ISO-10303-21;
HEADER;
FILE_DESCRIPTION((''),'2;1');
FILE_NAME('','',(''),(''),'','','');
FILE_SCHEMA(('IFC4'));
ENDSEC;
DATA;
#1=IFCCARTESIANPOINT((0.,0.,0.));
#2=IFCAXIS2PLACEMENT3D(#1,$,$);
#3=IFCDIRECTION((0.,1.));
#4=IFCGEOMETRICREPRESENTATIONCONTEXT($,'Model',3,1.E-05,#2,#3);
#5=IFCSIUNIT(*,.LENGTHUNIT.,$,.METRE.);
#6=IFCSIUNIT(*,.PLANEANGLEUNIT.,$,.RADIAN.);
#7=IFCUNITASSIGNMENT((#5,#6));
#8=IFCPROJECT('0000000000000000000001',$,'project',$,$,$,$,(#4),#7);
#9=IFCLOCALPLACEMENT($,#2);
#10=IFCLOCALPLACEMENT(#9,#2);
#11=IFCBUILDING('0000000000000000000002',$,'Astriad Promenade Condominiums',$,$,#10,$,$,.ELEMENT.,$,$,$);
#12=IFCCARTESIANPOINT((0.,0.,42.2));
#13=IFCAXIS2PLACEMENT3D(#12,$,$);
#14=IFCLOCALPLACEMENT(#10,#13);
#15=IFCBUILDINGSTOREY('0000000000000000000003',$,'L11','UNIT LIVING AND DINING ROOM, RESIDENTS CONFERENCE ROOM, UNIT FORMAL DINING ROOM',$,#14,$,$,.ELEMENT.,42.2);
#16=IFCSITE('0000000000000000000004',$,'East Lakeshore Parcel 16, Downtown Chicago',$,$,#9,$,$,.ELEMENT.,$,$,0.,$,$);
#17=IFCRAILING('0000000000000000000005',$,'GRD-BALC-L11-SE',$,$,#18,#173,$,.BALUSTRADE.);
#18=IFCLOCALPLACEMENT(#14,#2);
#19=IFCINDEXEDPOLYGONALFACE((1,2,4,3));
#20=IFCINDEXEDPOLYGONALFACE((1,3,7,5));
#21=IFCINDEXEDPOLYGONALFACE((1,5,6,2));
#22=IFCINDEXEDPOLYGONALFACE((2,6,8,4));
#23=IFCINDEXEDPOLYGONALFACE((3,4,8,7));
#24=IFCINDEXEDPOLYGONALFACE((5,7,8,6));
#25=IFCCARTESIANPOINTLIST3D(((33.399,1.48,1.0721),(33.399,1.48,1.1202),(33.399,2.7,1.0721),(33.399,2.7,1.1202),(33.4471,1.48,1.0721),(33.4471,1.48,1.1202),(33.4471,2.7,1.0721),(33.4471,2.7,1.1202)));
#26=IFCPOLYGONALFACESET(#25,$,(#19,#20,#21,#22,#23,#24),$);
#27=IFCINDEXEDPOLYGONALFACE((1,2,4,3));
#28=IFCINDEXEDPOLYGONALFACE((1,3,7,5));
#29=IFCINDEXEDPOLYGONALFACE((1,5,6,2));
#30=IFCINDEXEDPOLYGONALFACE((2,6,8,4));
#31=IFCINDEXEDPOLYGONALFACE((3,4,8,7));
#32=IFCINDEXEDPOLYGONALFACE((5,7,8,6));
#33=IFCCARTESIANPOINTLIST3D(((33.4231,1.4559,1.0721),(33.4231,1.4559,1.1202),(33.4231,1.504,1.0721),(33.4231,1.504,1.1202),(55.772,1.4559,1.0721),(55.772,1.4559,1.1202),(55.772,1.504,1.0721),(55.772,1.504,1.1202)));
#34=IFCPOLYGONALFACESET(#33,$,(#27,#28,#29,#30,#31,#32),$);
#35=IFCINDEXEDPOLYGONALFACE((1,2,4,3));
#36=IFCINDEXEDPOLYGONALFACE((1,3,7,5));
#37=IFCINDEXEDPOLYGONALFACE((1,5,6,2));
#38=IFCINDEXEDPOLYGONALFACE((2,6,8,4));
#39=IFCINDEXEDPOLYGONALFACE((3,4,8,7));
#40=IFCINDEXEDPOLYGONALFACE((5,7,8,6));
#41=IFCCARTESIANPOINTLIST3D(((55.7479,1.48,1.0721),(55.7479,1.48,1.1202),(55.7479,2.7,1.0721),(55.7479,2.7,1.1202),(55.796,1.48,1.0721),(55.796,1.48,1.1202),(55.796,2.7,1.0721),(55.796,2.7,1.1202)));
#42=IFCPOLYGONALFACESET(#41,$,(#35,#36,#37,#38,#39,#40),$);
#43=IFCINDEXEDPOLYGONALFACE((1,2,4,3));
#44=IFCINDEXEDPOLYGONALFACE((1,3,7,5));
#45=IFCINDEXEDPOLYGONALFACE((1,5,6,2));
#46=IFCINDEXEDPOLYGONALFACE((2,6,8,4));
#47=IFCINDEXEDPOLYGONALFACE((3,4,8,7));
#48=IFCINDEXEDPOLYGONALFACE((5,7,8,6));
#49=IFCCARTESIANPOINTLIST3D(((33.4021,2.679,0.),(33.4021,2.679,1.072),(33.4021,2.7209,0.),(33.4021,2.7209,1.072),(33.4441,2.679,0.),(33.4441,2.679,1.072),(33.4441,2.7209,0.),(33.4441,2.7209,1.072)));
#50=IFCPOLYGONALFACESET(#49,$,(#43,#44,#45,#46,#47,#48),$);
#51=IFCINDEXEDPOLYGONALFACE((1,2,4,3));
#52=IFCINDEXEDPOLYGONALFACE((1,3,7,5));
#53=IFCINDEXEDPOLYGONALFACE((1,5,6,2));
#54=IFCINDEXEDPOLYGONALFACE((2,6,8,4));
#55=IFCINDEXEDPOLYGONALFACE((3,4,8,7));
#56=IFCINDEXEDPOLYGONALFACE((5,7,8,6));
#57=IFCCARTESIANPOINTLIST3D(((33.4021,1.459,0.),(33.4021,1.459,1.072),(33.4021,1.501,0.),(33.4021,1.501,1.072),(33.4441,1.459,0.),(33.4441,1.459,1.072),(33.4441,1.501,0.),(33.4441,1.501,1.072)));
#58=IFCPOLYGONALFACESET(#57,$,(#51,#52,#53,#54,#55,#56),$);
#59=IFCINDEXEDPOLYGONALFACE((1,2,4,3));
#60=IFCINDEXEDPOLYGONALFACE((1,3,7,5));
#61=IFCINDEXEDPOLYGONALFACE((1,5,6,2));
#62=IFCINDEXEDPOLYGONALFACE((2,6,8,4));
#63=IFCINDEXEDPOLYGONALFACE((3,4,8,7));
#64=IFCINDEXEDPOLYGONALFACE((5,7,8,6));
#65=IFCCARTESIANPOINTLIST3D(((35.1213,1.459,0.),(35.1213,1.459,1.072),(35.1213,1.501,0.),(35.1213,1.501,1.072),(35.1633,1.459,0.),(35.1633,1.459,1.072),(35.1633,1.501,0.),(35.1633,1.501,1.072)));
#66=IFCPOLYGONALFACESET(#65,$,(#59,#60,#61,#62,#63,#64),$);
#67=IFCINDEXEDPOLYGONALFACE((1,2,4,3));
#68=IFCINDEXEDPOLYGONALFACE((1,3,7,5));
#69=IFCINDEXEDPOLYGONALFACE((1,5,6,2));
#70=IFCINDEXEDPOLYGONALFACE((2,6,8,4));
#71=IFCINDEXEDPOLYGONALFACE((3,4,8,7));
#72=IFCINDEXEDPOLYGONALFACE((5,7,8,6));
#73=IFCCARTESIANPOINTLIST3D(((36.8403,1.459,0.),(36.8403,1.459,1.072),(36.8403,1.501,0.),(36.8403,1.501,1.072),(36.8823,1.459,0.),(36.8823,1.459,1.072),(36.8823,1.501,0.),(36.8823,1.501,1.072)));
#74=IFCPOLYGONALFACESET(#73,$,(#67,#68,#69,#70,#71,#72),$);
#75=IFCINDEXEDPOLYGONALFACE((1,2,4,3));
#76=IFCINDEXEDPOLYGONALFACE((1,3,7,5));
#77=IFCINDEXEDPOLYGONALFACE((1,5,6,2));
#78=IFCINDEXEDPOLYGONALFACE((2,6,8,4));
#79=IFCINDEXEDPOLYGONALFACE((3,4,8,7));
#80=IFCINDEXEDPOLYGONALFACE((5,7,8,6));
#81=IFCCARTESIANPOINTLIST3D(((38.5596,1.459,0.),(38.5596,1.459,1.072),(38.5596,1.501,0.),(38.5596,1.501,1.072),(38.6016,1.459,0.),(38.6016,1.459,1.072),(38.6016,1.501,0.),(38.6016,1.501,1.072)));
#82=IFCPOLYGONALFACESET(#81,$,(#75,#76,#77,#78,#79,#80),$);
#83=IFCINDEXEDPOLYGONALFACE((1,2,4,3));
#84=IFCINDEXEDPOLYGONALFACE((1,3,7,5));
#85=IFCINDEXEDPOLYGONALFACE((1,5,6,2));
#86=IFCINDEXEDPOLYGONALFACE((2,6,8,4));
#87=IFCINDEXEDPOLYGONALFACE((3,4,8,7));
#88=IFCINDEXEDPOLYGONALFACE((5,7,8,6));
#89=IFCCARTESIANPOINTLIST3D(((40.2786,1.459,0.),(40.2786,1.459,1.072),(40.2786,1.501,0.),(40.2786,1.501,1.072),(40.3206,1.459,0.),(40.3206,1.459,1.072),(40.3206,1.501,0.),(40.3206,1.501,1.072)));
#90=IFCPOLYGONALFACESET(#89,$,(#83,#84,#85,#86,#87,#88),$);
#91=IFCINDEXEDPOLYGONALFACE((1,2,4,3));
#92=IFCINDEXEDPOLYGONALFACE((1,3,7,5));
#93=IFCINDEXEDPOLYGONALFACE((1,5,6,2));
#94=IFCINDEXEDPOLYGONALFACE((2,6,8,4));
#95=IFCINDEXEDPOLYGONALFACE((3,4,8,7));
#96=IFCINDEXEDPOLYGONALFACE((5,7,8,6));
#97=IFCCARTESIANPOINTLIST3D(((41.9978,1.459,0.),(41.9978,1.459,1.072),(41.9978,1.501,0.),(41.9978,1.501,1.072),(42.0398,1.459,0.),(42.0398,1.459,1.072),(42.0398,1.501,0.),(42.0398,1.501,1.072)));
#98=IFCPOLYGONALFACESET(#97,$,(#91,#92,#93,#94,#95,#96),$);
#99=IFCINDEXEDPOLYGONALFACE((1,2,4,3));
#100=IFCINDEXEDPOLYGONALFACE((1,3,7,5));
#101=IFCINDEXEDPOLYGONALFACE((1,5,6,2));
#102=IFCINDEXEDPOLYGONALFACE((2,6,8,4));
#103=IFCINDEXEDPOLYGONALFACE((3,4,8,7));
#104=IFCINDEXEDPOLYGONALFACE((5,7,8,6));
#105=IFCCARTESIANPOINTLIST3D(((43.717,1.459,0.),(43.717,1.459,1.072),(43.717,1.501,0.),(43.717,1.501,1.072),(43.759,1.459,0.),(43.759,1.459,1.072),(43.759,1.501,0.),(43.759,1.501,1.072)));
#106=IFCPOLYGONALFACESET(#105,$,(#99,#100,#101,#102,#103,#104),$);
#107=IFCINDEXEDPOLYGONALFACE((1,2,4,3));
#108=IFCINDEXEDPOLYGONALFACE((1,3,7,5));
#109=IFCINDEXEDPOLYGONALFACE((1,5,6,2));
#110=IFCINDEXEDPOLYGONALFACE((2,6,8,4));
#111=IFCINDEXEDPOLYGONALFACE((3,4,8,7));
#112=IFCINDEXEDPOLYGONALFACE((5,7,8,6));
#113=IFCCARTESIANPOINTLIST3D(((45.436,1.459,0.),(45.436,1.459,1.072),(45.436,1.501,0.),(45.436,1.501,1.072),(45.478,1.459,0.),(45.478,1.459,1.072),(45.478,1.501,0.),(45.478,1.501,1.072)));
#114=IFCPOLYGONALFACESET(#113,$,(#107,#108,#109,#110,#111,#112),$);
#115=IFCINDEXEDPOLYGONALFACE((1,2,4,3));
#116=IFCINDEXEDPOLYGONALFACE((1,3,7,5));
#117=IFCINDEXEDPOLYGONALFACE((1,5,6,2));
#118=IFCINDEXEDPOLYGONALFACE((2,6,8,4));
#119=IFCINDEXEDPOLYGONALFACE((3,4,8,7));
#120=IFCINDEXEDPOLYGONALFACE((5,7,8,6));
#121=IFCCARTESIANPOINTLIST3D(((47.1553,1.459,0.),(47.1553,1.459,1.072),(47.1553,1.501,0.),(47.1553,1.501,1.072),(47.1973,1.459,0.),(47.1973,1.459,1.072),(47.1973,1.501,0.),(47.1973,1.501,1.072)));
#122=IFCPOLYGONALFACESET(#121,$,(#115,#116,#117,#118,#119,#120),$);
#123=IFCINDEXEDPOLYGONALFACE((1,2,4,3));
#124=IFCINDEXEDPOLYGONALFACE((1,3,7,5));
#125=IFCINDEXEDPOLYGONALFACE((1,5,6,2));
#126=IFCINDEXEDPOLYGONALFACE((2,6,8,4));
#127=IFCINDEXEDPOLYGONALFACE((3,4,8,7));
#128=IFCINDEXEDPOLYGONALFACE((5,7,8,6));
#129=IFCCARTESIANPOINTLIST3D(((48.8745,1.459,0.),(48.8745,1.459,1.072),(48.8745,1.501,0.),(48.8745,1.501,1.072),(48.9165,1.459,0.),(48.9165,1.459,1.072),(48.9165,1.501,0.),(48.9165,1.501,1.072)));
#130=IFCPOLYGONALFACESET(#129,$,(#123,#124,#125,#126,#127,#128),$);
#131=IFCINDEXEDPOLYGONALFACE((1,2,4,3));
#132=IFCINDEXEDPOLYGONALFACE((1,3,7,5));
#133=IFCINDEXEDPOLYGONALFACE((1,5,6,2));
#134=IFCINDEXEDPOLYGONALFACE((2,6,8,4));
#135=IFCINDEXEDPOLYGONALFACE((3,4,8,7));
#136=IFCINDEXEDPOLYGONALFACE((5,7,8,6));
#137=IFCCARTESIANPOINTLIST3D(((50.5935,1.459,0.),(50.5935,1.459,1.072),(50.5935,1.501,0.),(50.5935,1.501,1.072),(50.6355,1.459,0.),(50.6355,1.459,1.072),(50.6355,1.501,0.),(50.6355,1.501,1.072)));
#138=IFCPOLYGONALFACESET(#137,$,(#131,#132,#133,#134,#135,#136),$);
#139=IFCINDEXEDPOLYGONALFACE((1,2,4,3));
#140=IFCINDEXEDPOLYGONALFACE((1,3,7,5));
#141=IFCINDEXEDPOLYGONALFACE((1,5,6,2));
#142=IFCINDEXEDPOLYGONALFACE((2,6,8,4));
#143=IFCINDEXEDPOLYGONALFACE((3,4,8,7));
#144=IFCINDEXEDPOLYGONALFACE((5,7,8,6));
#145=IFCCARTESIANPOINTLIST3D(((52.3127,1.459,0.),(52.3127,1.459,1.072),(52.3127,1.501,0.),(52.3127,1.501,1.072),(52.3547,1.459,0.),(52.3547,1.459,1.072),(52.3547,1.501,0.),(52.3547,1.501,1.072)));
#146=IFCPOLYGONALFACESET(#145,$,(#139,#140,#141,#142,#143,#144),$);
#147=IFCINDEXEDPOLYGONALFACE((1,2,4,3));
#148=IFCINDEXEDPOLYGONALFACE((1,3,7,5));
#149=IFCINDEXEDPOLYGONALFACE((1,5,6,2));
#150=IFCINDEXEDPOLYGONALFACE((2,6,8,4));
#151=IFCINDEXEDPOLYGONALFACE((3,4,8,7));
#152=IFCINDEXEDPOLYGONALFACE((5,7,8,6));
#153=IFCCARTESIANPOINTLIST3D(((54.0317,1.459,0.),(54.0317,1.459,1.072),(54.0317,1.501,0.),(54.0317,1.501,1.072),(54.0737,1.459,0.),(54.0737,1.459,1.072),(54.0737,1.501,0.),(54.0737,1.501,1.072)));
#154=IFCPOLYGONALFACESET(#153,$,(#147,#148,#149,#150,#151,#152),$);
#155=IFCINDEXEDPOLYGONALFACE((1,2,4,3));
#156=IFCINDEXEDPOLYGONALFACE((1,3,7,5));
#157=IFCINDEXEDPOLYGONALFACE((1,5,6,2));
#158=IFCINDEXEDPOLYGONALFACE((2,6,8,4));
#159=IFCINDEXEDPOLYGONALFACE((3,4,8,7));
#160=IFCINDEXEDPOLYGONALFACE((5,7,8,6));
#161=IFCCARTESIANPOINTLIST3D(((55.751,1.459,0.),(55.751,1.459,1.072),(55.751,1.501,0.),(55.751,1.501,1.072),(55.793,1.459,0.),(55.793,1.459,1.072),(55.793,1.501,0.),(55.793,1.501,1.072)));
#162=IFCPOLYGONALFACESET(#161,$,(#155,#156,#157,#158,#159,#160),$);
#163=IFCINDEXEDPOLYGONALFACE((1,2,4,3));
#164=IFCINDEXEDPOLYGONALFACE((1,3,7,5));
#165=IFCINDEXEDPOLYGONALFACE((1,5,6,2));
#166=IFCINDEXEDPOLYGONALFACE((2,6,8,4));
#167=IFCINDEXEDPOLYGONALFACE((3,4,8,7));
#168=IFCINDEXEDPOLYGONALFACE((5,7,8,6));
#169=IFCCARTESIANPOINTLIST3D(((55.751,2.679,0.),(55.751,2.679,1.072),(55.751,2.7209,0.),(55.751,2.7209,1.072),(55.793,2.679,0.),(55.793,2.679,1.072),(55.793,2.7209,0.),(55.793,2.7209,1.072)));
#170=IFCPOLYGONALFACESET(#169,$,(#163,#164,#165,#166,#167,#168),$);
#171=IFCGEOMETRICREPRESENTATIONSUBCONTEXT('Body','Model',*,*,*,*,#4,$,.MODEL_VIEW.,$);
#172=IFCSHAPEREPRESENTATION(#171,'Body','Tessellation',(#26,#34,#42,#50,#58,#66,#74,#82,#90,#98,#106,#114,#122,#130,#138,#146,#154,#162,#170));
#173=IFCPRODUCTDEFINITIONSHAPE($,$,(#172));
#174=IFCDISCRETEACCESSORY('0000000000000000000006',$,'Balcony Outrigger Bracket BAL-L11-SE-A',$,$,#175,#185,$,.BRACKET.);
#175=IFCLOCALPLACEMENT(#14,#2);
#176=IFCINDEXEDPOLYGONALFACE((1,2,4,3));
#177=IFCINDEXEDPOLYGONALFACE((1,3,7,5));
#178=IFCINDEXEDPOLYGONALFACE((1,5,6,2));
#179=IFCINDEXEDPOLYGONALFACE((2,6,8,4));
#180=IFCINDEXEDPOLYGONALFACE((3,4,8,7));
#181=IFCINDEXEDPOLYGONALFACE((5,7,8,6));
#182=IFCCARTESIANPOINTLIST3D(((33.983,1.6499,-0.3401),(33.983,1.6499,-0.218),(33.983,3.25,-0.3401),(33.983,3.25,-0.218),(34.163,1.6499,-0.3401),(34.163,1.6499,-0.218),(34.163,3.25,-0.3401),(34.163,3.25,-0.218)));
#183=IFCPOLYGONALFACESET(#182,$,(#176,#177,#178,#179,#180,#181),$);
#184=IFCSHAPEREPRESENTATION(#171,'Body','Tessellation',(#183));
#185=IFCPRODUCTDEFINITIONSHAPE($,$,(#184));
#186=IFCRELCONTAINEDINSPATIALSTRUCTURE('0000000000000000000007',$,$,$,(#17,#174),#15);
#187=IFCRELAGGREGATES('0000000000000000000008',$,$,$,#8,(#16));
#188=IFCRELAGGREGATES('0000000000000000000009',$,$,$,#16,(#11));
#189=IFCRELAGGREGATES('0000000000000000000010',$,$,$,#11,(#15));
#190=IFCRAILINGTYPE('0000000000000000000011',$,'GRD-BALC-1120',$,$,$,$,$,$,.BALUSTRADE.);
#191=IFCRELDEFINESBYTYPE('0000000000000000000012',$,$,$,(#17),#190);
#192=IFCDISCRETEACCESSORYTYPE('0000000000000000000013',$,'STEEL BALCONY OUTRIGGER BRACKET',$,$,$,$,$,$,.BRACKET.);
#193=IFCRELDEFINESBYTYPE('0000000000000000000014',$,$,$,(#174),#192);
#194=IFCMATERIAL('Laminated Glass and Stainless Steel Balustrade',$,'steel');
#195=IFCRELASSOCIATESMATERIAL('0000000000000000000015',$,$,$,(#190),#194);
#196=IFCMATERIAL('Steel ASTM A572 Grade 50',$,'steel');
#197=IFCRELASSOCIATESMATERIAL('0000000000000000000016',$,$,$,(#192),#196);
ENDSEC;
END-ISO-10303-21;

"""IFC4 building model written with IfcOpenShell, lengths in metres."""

from ifc_helpers import new_model, si_unit, direction, frame, origin, origin_2d, place, context, subcontext, project, spatial, rectangle, extrude, source, transform, mapped, material, type_object, type_shapes, element, save


model = new_model("IFC4")

# Units and contexts
model_context = context("Model", 3, precision=1e-05, world=origin(), true_north=direction((0.0, 1.0)))
body_context = subcontext(model_context, "Body", "Model", "MODEL_VIEW")
ifc_project = project(units=[si_unit("LENGTHUNIT", "METRE"), si_unit("PLANEANGLEUNIT", "RADIAN")], contexts=[model_context])

# Site, building, storey
site_placement = place(None, origin())
site = spatial("IfcSite", under=ifc_project, at=site_placement, Name="East Lakeshore Parcel 16, Downtown Chicago", CompositionType="ELEMENT", RefElevation=0.0)
building_placement = place(site_placement, origin())
building = spatial("IfcBuilding", under=site, at=building_placement, Name="Astriad Promenade Condominiums", CompositionType="ELEMENT")
storey_placement = place(building_placement, frame((0.0, 0.0, 42.2)))
storey = spatial("IfcBuildingStorey", under=building, at=storey_placement, Name="L11", Description="UNIT LIVING AND DINING ROOM, RESIDENTS CONFERENCE ROOM, UNIT FORMAL DINING ROOM", CompositionType="ELEMENT", Elevation=42.2)

# Railing
ifc_material_1 = material(Name="Laminated Glass and Stainless Steel Balustrade", Category="steel")
railing_type = type_object("IfcRailingType", Name="GRD-BALC-1120", PredefinedType="BALUSTRADE", material=ifc_material_1)
shared_shape_1 = source(origin(), body_context, "Body", "SweptSolid", [
    extrude(rectangle(XDim=0.0481, YDim=0.0481, at=origin_2d()), frame((0.0, 0.0, 1.0962), z_axis=(0.0, -1.0, 0.0), x_axis=(1.0, 0.0, 0.0)), (0.0, 0.0, 1.0), 1.22),
    extrude(rectangle(XDim=0.0481, YDim=0.0481, at=origin_2d()), frame((0.0, -1.22, 1.0962), z_axis=(1.0, 0.0, 0.0), x_axis=(0.0, 1.0, 0.0)), (0.0, 0.0, 1.0), 22.3489),
    extrude(rectangle(XDim=0.0481, YDim=0.0481, at=origin_2d()), frame((22.3489, -1.22, 1.0962), z_axis=(0.0, 1.0, 0.0), x_axis=(-1.0, 0.0, 0.0)), (0.0, 0.0, 1.0), 1.22),
    extrude(rectangle(XDim=0.042, YDim=0.042, at=origin_2d()), origin(), (0.0, 0.0, 1.0), 1.072),
    extrude(rectangle(XDim=0.042, YDim=0.042, at=origin_2d()), frame((0.0, -1.22, 0.0)), (0.0, 0.0, 1.0), 1.072),
    extrude(rectangle(XDim=0.042, YDim=0.042, at=origin_2d()), frame((1.7192, -1.22, 0.0)), (0.0, 0.0, 1.0), 1.072),
    extrude(rectangle(XDim=0.042, YDim=0.042, at=origin_2d()), frame((3.4382, -1.22, 0.0)), (0.0, 0.0, 1.0), 1.072),
    extrude(rectangle(XDim=0.042, YDim=0.042, at=origin_2d()), frame((5.1575, -1.22, 0.0)), (0.0, 0.0, 1.0), 1.072),
    extrude(rectangle(XDim=0.042, YDim=0.042, at=origin_2d()), frame((6.8765, -1.22, 0.0)), (0.0, 0.0, 1.0), 1.072),
    extrude(rectangle(XDim=0.042, YDim=0.042, at=origin_2d()), frame((8.5957, -1.22, 0.0)), (0.0, 0.0, 1.0), 1.072),
    extrude(rectangle(XDim=0.042, YDim=0.042, at=origin_2d()), frame((10.3149, -1.22, 0.0)), (0.0, 0.0, 1.0), 1.072),
    extrude(rectangle(XDim=0.042, YDim=0.042, at=origin_2d()), frame((12.0339, -1.22, 0.0)), (0.0, 0.0, 1.0), 1.072),
    extrude(rectangle(XDim=0.042, YDim=0.042, at=origin_2d()), frame((13.7532, -1.22, 0.0)), (0.0, 0.0, 1.0), 1.072),
    extrude(rectangle(XDim=0.042, YDim=0.042, at=origin_2d()), frame((15.4724, -1.22, 0.0)), (0.0, 0.0, 1.0), 1.072),
    extrude(rectangle(XDim=0.042, YDim=0.042, at=origin_2d()), frame((17.1914, -1.22, 0.0)), (0.0, 0.0, 1.0), 1.072),
    extrude(rectangle(XDim=0.042, YDim=0.042, at=origin_2d()), frame((18.9106, -1.22, 0.0)), (0.0, 0.0, 1.0), 1.072),
    extrude(rectangle(XDim=0.042, YDim=0.042, at=origin_2d()), frame((20.6296, -1.22, 0.0)), (0.0, 0.0, 1.0), 1.072),
    extrude(rectangle(XDim=0.042, YDim=0.042, at=origin_2d()), frame((22.3489, -1.22, 0.0)), (0.0, 0.0, 1.0), 1.072),
    extrude(rectangle(XDim=0.042, YDim=0.042, at=origin_2d()), frame((22.3489, 0.0, 0.0)), (0.0, 0.0, 1.0), 1.072),
])
type_shapes(railing_type, [shared_shape_1])
railing_placement = place(storey_placement, frame((33.4231, 2.7, 0.0)))
element("IfcRailing", 1, at=railing_placement, inside=storey, type_object=railing_type, Name="GRD-BALC-L11-SE", PredefinedType="BALUSTRADE", context=body_context, shape_type="MappedRepresentation", body=[
    mapped(shared_shape_1, transform((0.0, 0.0, 0.0), scale=1.0)),
])

# Discrete accessory
ifc_material_2 = material(Name="Steel ASTM A572 Grade 50", Category="steel")
discrete_accessory_type = type_object("IfcDiscreteAccessoryType", Name="STEEL BALCONY OUTRIGGER BRACKET", PredefinedType="BRACKET", material=ifc_material_2)
shared_shape_2 = source(origin(), body_context, "Body", "SweptSolid", [
    extrude(rectangle(XDim=1.6001, YDim=0.1799, at=origin_2d()), origin(), (0.0, 0.0, 1.0), 0.1221),
])
type_shapes(discrete_accessory_type, [shared_shape_2])
discrete_accessory_placement = place(storey_placement, frame((34.073, 2.45, -0.3401), z_axis=(0.0, 0.0, 1.0), x_axis=(0.0, -1.0, 0.0)))
element("IfcDiscreteAccessory", 2, at=discrete_accessory_placement, inside=storey, type_object=discrete_accessory_type, Name="Balcony Outrigger Bracket BAL-L11-SE-A", PredefinedType="BRACKET", context=body_context, shape_type="MappedRepresentation", body=[
    mapped(shared_shape_2, transform((0.0, 0.0, 0.0), scale=1.0)),
])

save(model, "model.ifc")
